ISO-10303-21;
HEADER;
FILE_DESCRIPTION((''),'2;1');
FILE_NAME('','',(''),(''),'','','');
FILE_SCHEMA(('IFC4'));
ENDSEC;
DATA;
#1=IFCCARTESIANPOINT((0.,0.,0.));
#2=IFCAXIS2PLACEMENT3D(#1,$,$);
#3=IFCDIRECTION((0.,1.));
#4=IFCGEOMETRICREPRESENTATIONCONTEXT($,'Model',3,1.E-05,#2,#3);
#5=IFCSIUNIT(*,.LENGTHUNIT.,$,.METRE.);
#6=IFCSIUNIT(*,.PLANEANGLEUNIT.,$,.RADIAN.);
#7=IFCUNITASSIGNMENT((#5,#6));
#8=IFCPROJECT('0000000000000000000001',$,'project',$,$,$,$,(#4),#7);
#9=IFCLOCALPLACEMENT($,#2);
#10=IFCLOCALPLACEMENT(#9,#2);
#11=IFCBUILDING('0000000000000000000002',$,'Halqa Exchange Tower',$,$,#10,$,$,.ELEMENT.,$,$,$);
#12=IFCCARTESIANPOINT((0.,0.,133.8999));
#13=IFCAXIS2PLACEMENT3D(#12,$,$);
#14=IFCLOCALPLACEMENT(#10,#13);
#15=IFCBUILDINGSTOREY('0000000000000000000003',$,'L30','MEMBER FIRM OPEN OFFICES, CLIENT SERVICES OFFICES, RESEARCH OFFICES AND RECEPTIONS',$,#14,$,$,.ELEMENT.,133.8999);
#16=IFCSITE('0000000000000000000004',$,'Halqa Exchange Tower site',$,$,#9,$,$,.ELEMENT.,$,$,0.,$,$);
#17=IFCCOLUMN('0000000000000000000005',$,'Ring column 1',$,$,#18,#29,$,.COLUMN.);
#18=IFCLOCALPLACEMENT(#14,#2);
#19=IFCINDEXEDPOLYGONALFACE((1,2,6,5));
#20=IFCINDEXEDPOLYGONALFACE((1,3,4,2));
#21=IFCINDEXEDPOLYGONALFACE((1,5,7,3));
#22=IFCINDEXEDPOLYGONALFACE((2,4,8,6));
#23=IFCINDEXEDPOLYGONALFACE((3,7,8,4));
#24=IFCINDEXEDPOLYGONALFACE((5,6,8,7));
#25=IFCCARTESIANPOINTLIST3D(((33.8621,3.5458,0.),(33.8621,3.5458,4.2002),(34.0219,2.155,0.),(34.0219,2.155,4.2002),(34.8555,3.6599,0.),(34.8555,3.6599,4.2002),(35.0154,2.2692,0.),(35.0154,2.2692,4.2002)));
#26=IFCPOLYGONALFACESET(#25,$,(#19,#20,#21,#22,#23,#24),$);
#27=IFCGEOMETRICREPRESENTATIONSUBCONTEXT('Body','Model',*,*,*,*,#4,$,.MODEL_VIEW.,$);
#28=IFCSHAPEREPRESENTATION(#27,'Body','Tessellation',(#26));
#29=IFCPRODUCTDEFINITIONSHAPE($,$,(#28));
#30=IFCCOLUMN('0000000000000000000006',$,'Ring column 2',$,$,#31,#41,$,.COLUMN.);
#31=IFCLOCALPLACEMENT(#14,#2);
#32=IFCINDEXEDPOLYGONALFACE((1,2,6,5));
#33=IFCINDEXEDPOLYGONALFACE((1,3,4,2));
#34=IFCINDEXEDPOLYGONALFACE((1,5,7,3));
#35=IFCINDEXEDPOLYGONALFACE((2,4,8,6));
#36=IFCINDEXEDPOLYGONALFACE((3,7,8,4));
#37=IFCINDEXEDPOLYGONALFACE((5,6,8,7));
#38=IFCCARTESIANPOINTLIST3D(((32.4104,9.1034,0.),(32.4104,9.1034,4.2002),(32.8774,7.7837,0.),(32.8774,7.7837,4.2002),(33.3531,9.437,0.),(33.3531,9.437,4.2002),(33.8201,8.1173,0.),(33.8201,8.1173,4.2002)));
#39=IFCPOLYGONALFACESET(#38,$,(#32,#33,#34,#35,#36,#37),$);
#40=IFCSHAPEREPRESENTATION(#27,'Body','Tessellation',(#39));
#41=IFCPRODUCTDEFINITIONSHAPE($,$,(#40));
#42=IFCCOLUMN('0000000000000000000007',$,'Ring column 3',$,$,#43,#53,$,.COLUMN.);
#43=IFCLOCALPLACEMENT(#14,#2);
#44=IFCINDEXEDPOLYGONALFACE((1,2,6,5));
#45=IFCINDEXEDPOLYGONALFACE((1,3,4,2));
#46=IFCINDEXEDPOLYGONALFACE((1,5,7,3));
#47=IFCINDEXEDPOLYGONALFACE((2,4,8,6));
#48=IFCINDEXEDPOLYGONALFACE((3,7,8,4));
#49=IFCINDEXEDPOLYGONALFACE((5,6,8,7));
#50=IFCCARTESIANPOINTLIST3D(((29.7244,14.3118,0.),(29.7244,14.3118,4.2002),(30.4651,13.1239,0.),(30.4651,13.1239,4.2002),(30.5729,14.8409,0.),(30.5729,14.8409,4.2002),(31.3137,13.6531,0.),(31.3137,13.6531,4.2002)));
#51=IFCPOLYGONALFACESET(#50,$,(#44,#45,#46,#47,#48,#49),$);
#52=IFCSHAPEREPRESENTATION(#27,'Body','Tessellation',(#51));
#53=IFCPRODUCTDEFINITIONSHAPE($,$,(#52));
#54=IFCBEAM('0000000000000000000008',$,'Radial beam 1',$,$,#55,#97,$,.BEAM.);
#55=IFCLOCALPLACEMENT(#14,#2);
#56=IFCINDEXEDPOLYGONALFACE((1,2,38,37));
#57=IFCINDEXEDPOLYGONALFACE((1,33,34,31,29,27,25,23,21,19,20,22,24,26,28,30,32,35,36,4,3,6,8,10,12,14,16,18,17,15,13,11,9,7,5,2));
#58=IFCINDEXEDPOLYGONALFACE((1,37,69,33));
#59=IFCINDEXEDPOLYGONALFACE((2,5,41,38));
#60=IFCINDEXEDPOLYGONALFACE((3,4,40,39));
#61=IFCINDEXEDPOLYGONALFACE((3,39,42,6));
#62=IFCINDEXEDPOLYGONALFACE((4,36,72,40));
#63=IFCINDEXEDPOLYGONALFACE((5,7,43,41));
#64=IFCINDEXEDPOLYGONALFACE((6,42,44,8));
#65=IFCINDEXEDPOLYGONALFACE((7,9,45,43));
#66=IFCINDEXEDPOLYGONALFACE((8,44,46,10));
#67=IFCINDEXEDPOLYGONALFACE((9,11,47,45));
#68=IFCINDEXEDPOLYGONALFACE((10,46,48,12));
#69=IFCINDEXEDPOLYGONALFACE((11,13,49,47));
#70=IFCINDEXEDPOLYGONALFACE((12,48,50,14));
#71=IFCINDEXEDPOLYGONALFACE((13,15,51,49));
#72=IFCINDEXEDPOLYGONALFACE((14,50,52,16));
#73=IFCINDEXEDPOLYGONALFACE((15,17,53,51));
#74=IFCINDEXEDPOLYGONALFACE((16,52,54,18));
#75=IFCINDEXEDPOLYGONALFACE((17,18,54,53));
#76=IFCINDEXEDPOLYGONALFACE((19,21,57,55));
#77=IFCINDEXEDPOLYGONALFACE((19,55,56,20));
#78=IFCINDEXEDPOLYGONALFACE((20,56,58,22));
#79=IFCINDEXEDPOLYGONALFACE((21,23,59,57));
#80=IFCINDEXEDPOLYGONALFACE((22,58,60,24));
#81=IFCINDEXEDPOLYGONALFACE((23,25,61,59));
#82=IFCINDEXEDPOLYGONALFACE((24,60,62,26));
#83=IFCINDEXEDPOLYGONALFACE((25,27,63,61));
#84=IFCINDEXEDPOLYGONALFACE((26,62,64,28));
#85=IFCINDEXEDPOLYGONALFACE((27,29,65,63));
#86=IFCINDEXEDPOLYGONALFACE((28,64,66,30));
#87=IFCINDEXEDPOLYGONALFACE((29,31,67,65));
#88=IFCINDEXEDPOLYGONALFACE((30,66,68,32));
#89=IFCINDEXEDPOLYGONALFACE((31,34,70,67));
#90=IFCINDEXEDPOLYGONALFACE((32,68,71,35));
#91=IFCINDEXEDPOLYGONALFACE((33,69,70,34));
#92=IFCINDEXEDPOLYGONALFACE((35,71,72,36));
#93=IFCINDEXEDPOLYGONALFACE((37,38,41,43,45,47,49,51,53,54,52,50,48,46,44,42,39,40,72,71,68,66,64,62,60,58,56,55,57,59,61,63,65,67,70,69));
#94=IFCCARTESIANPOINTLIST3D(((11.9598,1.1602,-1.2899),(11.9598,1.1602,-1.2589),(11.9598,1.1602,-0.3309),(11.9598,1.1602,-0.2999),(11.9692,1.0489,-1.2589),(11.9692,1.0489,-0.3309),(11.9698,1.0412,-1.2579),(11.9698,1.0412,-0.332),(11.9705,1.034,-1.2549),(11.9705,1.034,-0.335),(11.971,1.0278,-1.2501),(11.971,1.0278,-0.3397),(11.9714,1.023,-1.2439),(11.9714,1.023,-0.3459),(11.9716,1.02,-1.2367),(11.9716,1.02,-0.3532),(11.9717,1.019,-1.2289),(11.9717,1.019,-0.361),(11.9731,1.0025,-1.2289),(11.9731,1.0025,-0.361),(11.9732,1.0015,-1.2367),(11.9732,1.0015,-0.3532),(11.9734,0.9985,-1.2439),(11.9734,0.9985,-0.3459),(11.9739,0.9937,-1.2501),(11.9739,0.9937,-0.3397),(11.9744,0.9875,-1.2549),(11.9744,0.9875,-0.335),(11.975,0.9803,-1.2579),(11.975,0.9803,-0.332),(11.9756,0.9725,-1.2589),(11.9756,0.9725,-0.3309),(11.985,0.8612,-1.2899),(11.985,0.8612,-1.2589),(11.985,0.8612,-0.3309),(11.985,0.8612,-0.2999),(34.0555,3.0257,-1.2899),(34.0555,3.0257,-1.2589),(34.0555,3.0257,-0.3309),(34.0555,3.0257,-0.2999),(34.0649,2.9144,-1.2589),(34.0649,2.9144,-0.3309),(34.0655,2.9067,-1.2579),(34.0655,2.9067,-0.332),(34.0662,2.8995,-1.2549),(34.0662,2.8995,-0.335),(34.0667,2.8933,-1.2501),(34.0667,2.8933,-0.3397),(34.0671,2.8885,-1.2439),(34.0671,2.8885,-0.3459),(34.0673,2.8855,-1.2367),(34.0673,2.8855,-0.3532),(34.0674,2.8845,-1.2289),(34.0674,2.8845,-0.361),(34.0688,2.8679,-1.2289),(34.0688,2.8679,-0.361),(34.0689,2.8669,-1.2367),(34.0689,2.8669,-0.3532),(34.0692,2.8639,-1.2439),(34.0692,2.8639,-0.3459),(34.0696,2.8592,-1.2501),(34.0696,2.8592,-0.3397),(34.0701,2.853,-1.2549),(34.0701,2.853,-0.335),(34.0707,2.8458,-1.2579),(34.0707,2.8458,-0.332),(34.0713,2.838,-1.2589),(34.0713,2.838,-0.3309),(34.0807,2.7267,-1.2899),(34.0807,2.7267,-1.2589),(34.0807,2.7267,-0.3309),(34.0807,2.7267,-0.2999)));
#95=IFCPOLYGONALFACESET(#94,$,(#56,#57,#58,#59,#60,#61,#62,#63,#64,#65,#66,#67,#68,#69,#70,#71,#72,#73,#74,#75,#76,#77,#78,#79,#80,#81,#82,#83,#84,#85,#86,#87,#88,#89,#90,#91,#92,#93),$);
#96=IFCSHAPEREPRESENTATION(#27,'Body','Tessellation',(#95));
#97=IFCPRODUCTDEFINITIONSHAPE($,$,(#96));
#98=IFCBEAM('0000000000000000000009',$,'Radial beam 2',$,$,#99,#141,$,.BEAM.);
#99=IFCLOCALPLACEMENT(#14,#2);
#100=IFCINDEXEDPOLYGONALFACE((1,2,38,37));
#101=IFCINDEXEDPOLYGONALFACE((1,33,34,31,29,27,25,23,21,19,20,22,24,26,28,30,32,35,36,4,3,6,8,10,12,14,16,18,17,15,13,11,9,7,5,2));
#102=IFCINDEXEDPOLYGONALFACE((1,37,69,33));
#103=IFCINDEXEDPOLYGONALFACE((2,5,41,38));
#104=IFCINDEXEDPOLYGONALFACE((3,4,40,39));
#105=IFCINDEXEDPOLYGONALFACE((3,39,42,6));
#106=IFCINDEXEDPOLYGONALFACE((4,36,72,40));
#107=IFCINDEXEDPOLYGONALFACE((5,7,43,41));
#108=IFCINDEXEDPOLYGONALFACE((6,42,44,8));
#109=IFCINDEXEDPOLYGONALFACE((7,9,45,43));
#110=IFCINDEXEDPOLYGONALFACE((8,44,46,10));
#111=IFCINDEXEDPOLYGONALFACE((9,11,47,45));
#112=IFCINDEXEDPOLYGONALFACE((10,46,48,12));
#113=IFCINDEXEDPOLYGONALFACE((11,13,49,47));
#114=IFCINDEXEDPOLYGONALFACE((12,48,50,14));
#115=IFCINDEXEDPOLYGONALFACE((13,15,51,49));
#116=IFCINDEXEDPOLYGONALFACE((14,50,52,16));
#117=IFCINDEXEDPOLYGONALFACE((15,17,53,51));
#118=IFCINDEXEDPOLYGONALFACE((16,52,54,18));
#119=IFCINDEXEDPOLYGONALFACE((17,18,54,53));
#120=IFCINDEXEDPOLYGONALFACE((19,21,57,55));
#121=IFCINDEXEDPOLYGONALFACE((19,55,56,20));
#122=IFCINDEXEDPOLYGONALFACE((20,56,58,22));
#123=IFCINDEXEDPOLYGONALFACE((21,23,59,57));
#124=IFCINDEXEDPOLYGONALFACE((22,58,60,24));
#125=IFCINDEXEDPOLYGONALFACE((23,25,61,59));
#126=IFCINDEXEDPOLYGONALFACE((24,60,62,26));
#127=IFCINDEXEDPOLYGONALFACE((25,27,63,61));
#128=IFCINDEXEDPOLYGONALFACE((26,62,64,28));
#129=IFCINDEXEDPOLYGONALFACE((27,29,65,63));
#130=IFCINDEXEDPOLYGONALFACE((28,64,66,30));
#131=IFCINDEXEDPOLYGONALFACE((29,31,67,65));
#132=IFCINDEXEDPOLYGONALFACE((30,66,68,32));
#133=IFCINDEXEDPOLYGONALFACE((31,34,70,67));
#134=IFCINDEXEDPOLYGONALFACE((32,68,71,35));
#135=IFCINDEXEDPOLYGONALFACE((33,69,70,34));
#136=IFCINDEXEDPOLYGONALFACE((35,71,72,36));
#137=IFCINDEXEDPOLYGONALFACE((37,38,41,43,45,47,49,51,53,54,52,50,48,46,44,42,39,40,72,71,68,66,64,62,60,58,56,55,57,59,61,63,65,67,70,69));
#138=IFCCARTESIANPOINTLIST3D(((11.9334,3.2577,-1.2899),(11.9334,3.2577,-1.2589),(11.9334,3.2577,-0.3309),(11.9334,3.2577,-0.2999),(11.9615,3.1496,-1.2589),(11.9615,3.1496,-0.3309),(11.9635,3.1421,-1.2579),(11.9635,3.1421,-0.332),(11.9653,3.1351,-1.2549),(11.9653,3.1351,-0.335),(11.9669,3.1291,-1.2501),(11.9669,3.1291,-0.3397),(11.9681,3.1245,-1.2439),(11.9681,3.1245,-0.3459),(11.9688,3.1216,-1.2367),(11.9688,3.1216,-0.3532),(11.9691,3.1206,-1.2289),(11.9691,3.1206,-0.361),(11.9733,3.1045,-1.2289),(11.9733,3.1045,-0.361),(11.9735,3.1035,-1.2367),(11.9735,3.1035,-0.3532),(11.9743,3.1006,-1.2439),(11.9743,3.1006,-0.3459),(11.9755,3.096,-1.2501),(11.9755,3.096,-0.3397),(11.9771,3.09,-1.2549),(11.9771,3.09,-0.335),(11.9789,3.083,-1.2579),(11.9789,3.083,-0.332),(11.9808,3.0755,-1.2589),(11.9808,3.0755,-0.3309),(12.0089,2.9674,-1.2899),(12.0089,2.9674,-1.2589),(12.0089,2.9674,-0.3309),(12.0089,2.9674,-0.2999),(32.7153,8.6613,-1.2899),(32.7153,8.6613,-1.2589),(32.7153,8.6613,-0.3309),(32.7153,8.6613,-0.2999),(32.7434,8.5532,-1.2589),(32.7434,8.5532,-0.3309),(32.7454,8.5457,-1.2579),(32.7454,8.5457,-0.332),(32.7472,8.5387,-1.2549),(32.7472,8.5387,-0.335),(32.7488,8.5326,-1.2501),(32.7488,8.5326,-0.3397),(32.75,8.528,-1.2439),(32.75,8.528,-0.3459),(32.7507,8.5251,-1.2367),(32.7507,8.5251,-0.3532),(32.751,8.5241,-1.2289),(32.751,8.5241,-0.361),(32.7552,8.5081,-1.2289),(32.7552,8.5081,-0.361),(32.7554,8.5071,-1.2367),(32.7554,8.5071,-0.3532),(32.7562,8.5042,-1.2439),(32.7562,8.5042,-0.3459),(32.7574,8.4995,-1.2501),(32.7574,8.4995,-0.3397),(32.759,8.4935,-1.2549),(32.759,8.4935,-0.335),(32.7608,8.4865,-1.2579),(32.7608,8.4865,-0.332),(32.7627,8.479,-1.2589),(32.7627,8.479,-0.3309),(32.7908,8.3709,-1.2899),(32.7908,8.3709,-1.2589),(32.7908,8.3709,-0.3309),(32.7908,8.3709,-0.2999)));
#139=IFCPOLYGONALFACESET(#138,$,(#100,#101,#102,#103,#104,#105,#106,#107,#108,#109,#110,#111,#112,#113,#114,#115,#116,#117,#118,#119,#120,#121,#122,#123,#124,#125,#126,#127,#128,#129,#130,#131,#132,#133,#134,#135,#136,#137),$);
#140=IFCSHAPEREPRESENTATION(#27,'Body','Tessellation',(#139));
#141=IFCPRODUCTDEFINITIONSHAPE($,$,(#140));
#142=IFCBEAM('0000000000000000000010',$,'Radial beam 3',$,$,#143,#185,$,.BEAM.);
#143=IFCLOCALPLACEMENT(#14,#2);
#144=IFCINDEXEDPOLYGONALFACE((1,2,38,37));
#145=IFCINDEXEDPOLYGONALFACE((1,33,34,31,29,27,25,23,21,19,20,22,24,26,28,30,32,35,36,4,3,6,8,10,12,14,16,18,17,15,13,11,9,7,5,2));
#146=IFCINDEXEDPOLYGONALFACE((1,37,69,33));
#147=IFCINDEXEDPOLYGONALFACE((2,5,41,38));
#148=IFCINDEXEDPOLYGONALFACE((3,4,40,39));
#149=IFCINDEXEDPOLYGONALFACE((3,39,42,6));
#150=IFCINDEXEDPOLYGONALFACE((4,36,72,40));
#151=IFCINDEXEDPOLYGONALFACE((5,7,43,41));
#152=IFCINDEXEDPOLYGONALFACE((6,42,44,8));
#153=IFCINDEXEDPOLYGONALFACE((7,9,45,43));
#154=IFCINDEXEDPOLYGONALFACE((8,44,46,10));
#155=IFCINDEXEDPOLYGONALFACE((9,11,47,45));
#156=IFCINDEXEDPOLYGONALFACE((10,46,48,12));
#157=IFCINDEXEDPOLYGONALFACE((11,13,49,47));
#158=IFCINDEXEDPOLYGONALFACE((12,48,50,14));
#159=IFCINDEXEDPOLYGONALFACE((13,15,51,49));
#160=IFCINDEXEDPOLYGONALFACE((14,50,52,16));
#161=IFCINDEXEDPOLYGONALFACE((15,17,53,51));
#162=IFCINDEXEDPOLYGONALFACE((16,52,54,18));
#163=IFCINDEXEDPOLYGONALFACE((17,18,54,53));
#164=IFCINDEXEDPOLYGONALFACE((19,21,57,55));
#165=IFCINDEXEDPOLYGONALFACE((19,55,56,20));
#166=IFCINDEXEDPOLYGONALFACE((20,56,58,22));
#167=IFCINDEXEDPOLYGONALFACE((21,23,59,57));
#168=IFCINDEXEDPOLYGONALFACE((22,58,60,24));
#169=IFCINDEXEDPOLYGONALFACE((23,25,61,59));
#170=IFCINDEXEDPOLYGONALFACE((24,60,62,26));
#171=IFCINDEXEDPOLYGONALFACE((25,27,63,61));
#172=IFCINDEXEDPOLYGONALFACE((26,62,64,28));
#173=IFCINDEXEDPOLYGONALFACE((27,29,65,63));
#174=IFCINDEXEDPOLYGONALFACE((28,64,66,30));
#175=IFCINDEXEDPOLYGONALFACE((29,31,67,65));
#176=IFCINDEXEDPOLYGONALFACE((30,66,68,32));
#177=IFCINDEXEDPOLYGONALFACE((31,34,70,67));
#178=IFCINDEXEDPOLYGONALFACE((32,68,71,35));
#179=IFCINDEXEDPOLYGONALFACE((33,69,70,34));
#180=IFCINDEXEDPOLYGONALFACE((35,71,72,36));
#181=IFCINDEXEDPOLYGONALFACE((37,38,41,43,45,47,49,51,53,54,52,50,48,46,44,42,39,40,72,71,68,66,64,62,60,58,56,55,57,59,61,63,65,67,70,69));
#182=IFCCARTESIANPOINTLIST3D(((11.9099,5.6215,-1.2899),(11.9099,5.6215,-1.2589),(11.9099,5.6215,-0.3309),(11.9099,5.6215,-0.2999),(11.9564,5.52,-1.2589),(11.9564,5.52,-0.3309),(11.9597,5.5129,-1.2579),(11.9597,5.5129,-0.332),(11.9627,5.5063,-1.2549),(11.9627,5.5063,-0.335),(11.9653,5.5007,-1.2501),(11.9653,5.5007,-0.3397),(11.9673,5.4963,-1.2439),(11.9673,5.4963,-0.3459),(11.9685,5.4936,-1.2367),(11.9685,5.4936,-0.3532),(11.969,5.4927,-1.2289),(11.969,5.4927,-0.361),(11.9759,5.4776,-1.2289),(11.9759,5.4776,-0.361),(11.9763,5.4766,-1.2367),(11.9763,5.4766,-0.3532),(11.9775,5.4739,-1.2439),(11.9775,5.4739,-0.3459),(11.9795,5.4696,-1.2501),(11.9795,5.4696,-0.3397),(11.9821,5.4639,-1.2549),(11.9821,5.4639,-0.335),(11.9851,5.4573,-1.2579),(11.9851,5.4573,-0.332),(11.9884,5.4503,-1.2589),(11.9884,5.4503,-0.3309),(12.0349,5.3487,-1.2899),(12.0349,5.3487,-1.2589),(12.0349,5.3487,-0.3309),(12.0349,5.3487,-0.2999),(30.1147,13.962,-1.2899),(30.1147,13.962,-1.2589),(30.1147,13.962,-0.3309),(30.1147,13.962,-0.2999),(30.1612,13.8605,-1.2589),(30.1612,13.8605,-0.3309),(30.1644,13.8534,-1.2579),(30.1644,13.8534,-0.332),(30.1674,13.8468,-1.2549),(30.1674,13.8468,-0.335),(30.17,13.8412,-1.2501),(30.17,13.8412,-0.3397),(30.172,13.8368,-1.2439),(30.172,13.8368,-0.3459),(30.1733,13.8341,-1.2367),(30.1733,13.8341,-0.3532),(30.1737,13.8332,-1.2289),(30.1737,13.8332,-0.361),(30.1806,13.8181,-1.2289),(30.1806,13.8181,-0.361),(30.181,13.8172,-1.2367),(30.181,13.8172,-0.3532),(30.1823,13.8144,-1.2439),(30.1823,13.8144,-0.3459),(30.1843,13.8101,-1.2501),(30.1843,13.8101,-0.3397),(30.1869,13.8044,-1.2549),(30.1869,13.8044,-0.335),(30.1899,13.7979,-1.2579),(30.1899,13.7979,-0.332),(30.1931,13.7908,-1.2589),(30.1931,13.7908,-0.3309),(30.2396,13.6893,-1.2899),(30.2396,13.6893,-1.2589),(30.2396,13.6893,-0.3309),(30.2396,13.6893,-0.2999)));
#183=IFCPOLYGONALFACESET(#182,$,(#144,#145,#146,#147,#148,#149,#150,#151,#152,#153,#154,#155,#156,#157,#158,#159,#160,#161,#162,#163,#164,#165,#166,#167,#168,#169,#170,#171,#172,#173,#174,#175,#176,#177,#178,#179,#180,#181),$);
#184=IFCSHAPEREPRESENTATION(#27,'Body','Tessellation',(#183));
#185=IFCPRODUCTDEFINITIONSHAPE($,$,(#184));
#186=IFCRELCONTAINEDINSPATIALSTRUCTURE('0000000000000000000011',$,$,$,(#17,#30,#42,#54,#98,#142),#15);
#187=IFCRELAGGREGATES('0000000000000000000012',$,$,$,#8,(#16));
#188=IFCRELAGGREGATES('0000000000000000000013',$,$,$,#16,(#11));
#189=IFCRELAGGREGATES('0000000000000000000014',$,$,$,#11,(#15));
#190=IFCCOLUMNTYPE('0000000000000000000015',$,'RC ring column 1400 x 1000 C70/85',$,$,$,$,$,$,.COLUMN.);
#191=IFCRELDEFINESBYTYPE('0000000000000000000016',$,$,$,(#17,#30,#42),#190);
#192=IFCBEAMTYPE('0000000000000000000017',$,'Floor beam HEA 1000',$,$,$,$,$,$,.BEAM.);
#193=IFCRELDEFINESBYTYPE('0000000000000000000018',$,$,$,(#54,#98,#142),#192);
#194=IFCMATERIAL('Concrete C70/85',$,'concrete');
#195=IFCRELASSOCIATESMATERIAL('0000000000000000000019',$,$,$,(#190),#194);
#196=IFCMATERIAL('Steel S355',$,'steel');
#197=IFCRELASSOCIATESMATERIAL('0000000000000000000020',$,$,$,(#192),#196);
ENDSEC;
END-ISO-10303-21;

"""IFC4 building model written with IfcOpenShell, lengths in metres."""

from ifc_helpers import new_model, si_unit, direction, frame, origin, origin_2d, place, context, subcontext, project, spatial, rectangle, i_section, extrude, material, material_profile, profile_set, type_object, element, save


model = new_model("IFC4")

# Units and contexts
model_context = context("Model", 3, precision=1e-05, world=origin(), true_north=direction((0.0, 1.0)))
body_context = subcontext(model_context, "Body", "Model", "MODEL_VIEW")
ifc_project = project(units=[si_unit("LENGTHUNIT", "METRE"), si_unit("PLANEANGLEUNIT", "RADIAN")], contexts=[model_context])

# Site, building, storey
site_placement = place(None, origin())
site = spatial("IfcSite", under=ifc_project, at=site_placement, Name="Halqa Exchange Tower site", CompositionType="ELEMENT", RefElevation=0.0)
building_placement = place(site_placement, origin())
building = spatial("IfcBuilding", under=site, at=building_placement, Name="Halqa Exchange Tower", CompositionType="ELEMENT")
storey_placement = place(building_placement, frame((0.0, 0.0, 133.8999)))
storey = spatial("IfcBuildingStorey", under=building, at=storey_placement, Name="L30", Description="MEMBER FIRM OPEN OFFICES, CLIENT SERVICES OFFICES, RESEARCH OFFICES AND RECEPTIONS", CompositionType="ELEMENT", Elevation=133.8999)

# Columns
ifc_material_1 = material(Name="Concrete C70/85", Category="concrete")
ifc_material_profile_1 = material_profile(ifc_material_1, rectangle(XDim=1.3999, YDim=1.0, at=origin_2d()), Name="1400 x 1000")
ifc_profile_set_1 = profile_set([ifc_material_profile_1], Name="Concrete C70/85")
column_type = type_object("IfcColumnType", Name="RC ring column 1400 x 1000 C70/85", PredefinedType="COLUMN", material=ifc_profile_set_1)
for number, where, z_axis, x_axis, name in (
    (1, (34.4387, 2.9075, 0.0), (0.0, 0.0, 1.0), (-0.114159, 0.993463, 0.0), "Ring column 1"),
    (2, (33.1152, 8.6104, 0.0), (0.0, 0.0, 1.0), (-0.333636, 0.942702, 0.0), "Ring column 2"),
    (3, (30.519, 13.9824, 0.0), (0.0, 0.0, 1.0), (-0.529138, 0.848536, 0.0), "Ring column 3"),
):
    element("IfcColumn", number, at=place(storey_placement, frame(where, z_axis=z_axis, x_axis=x_axis)), inside=storey, type_object=column_type, Name=name, PredefinedType="COLUMN", context=body_context, shape_type="SweptSolid", body=[
        extrude(rectangle(XDim=1.3999, YDim=1.0, at=origin_2d()), origin(), (0.0, 0.0, 1.0), 4.2002),
    ])

# Beams
ifc_material_2 = material(Name="Steel S355", Category="steel")
ifc_material_profile_2 = material_profile(ifc_material_2, i_section(OverallWidth=0.3, OverallDepth=0.99, WebThickness=0.0166, FlangeThickness=0.031, FilletRadius=0.03, at=origin_2d()), Name="HEA 1000")
ifc_profile_set_2 = profile_set([ifc_material_profile_2], Name="Steel S355")
beam_type_1 = type_object("IfcBeamType", Name="Floor beam HEA 1000", PredefinedType="BEAM", material=ifc_profile_set_2)
beam_1_placement = place(storey_placement, frame((11.9724, 1.0107, -0.7949), z_axis=(0.996455, 0.084128, 0.0), x_axis=(-0.084128, 0.996455, 0.0)))
element("IfcBeam", 4, at=beam_1_placement, inside=storey, type_object=beam_type_1, Name="Radial beam 1", PredefinedType="BEAM", context=body_context, shape_type="SweptSolid", body=[
    extrude(i_section(OverallWidth=0.3, OverallDepth=0.99, WebThickness=0.0166, FlangeThickness=0.031, FilletRadius=0.03, at=origin_2d()), origin(), (0.0, 0.0, 1.0), 22.1743),
])
beam_2_placement = place(storey_placement, frame((11.9712, 3.1125, -0.7949), z_axis=(0.96782, 0.251645, 0.0), x_axis=(-0.251645, 0.96782, 0.0)))
element("IfcBeam", 5, at=beam_2_placement, inside=storey, type_object=beam_type_1, Name="Radial beam 2", PredefinedType="BEAM", context=body_context, shape_type="SweptSolid", body=[
    extrude(i_section(OverallWidth=0.3, OverallDepth=0.99, WebThickness=0.0166, FlangeThickness=0.031, FilletRadius=0.03, at=origin_2d()), origin(), (0.0, 0.0, 1.0), 21.4729),
])
beam_3_placement = place(storey_placement, frame((11.9724, 5.4851, -0.7949), z_axis=(0.909127, 0.416518, 0.0), x_axis=(-0.416518, 0.909127, 0.0)))
element("IfcBeam", 6, at=beam_3_placement, inside=storey, type_object=beam_type_1, Name="Radial beam 3", PredefinedType="BEAM", context=body_context, shape_type="SweptSolid", body=[
    extrude(i_section(OverallWidth=0.3, OverallDepth=0.99, WebThickness=0.0166, FlangeThickness=0.031, FilletRadius=0.03, at=origin_2d()), origin(), (0.0, 0.0, 1.0), 20.0244),
])

save(model, "model.ifc")
